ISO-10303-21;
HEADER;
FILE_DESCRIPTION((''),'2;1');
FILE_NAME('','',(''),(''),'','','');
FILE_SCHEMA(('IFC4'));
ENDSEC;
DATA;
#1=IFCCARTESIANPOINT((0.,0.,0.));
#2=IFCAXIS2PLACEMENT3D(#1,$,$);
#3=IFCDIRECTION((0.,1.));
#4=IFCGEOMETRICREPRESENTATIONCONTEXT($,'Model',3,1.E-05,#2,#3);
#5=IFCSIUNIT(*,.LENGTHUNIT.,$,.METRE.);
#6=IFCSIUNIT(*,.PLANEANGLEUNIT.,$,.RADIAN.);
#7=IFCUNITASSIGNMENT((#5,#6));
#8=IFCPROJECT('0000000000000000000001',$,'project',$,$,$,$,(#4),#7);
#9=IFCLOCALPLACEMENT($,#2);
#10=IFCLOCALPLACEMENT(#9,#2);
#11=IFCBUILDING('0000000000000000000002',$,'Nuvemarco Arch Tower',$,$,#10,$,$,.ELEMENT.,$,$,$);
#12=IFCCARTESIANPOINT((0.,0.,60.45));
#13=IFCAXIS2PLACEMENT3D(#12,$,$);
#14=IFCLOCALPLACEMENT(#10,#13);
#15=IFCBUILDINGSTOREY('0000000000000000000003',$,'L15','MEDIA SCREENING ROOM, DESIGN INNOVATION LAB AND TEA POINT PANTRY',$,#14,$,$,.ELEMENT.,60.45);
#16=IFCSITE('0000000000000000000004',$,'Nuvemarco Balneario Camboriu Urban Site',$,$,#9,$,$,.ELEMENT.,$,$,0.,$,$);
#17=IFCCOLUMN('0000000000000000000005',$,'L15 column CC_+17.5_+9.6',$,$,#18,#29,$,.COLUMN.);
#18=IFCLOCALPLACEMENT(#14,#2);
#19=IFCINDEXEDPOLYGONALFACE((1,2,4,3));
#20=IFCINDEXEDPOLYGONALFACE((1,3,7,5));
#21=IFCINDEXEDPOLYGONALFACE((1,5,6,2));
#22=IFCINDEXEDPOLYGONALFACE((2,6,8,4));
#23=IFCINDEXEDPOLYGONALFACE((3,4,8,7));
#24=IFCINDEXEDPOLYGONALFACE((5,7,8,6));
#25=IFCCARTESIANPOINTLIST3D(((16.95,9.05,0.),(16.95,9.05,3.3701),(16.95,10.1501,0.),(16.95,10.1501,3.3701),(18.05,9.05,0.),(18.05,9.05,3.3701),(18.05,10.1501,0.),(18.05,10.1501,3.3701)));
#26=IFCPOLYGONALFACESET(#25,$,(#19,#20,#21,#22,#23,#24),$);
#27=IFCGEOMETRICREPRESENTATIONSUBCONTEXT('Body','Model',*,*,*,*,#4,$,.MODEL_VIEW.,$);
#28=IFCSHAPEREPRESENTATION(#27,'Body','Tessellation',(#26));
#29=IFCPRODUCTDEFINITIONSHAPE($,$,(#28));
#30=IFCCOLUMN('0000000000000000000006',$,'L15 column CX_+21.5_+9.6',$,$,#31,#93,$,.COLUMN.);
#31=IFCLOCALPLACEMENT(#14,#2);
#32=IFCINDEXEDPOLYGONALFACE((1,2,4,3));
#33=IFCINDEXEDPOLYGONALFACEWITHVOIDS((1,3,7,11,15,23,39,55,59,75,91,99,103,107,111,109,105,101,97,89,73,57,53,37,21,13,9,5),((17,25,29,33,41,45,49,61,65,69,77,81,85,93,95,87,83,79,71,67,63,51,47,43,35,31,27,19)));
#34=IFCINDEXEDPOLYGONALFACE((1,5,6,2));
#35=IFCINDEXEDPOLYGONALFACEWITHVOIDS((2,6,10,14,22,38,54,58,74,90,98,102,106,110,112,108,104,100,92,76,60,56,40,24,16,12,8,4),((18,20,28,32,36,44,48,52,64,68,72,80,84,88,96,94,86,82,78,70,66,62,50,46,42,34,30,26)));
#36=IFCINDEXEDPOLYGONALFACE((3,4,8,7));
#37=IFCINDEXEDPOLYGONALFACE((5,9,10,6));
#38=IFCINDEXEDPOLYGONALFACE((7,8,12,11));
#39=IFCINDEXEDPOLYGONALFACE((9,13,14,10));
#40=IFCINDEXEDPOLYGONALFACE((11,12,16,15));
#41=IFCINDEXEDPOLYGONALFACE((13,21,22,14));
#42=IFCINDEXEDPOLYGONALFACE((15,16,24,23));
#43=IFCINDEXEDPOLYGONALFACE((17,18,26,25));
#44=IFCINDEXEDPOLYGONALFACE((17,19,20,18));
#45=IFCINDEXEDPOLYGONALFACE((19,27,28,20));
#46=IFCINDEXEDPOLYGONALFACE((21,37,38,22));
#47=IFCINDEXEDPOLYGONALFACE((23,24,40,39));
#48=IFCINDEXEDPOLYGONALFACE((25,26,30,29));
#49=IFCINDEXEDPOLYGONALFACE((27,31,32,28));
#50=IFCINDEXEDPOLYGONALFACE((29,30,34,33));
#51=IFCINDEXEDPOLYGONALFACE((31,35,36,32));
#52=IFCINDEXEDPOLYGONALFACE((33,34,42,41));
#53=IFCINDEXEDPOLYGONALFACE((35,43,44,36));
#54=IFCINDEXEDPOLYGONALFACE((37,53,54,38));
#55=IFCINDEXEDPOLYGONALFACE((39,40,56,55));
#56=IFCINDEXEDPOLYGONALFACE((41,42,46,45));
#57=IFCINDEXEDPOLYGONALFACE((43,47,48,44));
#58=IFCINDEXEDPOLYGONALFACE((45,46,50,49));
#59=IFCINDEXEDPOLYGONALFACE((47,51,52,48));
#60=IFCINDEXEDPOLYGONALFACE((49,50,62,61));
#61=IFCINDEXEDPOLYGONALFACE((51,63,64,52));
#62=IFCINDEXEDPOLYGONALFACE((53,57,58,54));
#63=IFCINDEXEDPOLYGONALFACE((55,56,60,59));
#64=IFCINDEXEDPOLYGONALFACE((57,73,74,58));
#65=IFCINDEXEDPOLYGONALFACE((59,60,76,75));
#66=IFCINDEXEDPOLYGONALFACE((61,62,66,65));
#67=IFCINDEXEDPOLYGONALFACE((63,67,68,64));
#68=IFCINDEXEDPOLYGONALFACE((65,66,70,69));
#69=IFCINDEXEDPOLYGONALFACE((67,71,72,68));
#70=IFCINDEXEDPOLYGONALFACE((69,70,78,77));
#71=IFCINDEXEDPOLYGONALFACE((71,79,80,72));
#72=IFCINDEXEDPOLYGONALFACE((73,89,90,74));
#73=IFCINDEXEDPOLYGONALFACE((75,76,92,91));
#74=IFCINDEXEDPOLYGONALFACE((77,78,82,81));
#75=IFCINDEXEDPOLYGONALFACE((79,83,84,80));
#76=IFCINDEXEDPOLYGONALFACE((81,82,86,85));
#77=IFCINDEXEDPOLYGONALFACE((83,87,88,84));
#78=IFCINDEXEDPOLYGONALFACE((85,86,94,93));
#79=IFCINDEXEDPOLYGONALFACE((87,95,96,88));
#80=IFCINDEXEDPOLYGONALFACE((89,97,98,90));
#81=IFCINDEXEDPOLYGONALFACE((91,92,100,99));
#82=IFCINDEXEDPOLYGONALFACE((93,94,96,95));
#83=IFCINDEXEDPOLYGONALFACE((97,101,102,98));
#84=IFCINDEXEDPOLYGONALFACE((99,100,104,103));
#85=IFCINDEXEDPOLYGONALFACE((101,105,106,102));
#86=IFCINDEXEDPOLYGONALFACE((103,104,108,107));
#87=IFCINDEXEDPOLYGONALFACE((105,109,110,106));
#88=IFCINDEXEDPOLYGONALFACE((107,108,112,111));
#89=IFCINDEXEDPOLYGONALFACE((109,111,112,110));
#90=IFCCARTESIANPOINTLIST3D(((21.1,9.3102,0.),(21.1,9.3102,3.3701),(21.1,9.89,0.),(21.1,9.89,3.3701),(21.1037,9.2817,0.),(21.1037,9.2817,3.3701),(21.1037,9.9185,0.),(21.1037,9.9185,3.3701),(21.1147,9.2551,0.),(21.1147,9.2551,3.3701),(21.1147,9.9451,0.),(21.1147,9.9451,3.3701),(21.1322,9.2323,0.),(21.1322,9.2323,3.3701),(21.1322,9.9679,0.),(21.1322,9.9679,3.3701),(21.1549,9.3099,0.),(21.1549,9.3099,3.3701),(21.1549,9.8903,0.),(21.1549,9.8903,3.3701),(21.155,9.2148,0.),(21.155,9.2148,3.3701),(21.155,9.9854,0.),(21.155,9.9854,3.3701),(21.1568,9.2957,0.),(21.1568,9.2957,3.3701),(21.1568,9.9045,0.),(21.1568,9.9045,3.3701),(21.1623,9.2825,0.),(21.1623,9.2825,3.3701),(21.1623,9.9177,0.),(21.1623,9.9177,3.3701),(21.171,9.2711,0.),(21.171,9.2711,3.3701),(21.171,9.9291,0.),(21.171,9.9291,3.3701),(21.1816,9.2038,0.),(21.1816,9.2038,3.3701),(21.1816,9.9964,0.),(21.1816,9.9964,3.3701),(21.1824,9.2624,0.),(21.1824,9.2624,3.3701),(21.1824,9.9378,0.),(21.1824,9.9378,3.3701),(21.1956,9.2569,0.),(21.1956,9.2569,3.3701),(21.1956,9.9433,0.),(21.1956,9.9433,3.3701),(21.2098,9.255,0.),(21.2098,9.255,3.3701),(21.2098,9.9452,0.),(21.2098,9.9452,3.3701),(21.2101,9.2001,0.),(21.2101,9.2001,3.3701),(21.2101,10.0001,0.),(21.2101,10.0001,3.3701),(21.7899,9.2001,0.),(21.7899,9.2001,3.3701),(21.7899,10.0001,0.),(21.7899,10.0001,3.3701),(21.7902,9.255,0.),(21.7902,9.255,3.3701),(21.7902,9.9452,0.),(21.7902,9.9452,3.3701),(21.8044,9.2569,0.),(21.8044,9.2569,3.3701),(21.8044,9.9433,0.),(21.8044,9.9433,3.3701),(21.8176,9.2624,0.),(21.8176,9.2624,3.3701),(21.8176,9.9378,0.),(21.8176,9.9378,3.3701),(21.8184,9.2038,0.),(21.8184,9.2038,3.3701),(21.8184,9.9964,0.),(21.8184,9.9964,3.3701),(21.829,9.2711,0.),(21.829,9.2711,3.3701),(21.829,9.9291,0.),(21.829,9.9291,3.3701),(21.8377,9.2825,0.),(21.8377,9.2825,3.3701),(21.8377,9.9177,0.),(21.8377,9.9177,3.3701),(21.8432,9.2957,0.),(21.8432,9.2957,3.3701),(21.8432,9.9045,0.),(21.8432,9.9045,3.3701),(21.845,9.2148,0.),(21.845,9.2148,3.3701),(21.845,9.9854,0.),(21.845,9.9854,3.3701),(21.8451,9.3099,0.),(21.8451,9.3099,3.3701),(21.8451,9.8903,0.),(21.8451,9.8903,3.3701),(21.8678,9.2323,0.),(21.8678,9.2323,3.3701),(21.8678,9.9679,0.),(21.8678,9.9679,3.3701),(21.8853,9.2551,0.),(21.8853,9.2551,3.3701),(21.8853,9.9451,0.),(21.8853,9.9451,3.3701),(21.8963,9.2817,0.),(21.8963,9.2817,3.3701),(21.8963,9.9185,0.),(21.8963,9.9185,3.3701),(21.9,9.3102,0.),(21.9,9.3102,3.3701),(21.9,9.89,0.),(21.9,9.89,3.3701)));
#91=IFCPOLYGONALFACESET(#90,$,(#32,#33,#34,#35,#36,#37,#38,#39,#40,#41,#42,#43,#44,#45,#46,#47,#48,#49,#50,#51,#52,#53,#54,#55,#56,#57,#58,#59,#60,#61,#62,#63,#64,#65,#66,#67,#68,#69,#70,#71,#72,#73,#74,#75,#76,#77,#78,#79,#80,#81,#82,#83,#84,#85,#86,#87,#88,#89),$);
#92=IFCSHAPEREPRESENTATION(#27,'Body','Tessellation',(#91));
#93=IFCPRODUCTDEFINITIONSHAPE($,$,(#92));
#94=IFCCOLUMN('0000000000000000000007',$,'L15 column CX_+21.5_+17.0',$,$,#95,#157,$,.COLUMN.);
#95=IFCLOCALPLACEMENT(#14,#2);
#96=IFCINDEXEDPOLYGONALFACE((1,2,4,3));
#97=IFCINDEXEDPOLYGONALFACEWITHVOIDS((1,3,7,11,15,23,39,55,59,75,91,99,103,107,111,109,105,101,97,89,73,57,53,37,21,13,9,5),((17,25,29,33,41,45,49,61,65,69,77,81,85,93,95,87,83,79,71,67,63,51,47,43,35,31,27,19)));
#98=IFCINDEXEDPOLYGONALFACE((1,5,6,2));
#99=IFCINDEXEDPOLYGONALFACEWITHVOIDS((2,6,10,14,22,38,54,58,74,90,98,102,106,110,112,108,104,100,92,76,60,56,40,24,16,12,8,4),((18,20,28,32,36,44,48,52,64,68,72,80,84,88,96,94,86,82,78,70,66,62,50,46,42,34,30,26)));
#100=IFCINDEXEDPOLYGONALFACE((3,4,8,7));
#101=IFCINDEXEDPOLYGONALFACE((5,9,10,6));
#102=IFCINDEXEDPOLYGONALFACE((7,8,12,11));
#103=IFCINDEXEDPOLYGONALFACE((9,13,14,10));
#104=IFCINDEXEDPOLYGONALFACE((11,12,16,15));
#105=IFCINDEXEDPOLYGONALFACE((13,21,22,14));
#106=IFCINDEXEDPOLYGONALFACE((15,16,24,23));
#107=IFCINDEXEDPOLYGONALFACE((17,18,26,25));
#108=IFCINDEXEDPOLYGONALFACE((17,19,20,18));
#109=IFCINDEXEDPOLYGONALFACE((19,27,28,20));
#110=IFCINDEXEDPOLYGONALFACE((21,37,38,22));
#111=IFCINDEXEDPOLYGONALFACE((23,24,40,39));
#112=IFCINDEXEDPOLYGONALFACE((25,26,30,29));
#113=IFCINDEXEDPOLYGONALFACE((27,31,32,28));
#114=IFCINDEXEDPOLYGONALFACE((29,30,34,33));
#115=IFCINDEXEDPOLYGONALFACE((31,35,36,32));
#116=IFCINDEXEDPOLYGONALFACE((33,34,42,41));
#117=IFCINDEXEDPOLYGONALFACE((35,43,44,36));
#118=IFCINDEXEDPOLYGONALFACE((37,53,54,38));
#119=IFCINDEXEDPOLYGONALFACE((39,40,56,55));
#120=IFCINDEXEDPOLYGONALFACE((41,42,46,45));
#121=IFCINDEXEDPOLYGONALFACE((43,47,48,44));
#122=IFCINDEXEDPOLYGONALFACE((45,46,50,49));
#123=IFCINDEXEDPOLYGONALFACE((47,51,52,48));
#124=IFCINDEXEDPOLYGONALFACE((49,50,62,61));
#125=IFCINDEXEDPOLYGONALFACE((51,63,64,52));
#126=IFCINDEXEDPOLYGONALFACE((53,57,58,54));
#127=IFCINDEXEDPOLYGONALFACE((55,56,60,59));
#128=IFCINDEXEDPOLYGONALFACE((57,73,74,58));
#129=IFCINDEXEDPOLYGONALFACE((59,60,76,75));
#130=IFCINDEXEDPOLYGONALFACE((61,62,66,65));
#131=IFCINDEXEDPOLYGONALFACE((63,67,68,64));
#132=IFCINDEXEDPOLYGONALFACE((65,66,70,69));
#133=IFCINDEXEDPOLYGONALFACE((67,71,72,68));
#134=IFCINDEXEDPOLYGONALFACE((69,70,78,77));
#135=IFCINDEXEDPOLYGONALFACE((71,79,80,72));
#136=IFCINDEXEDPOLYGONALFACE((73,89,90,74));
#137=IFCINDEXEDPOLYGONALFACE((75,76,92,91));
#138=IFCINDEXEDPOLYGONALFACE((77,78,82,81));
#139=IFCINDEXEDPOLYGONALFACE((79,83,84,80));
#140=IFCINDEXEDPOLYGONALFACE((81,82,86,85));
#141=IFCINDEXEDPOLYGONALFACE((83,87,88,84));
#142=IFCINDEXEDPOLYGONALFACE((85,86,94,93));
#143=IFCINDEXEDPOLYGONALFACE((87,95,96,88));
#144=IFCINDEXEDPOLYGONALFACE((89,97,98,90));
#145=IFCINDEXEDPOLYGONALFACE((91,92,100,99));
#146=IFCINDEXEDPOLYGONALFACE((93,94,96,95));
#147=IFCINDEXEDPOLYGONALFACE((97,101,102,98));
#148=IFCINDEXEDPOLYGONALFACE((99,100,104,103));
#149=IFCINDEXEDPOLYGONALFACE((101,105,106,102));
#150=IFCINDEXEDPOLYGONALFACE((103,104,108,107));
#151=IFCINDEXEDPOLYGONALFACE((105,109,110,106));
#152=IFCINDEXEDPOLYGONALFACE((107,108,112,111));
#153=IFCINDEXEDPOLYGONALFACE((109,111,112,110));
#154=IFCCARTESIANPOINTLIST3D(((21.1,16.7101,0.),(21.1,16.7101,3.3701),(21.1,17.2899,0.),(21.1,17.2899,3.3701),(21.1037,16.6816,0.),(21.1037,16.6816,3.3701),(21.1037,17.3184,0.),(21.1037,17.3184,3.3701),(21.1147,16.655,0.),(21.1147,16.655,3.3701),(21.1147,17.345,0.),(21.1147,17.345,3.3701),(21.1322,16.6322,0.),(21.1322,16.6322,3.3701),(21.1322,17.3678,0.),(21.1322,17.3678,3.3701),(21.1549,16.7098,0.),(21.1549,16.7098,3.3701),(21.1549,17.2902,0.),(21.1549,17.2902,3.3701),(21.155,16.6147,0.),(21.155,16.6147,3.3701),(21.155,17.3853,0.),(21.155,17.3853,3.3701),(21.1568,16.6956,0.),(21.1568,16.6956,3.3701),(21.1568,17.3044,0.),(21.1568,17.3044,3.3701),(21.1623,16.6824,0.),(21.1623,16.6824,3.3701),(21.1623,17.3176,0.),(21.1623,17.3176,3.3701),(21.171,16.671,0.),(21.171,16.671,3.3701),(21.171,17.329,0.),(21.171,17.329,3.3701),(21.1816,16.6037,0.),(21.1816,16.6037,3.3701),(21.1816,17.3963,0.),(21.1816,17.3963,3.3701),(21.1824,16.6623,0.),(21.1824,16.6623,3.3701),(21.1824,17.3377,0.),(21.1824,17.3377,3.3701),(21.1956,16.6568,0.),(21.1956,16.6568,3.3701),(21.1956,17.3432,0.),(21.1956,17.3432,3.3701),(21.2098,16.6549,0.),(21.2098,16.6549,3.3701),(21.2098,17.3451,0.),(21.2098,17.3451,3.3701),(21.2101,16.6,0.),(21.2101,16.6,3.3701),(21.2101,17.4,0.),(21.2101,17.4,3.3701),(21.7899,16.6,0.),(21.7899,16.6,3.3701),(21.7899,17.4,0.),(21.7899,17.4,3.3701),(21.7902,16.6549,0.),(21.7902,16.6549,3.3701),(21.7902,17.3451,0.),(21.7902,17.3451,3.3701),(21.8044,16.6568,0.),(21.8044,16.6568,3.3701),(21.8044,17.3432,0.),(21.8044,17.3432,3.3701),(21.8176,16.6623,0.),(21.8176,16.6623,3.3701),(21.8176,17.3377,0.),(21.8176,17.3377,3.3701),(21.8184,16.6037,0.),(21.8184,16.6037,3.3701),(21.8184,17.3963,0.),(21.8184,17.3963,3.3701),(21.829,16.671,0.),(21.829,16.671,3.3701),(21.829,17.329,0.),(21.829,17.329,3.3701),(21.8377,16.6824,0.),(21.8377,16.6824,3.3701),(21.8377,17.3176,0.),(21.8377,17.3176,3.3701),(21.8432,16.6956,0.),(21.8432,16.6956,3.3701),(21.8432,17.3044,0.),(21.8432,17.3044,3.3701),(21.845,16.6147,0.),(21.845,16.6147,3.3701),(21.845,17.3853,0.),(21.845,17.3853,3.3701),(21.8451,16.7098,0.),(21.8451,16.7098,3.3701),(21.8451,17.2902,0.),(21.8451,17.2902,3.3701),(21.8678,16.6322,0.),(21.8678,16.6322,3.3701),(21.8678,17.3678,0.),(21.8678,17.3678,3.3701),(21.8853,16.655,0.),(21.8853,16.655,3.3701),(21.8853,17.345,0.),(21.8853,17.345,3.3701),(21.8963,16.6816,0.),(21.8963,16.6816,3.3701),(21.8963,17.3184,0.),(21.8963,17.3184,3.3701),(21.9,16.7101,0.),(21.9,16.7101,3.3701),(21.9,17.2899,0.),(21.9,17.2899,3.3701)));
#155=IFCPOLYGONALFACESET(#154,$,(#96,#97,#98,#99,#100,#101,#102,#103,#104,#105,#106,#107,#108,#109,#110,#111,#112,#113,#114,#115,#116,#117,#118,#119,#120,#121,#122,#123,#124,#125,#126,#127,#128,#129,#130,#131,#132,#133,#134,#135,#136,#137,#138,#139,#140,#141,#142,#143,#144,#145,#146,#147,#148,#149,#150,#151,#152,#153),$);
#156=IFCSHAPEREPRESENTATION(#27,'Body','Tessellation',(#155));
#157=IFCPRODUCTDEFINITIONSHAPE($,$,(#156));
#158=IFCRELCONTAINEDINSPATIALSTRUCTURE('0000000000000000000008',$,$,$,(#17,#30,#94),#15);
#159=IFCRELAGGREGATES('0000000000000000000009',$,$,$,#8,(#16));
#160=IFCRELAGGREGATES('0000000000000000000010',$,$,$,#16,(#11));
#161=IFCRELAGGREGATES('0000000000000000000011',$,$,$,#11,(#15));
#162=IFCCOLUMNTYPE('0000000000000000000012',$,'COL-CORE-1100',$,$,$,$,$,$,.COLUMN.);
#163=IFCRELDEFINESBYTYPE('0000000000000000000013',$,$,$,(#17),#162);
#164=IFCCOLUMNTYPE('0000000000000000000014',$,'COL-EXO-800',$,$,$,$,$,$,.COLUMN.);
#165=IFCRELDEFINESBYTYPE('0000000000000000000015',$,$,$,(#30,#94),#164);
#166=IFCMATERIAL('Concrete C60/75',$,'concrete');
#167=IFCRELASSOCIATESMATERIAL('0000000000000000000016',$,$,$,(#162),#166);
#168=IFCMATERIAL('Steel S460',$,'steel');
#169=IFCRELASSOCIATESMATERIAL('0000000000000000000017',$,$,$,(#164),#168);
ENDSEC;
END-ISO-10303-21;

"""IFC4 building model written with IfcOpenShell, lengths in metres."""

from ifc_helpers import new_model, si_unit, direction, frame, origin, origin_2d, place, context, subcontext, project, spatial, rectangle, hollow_rectangle, extrude, material, material_profile, profile_set, type_object, element, save


model = new_model("IFC4")

# Units and contexts
model_context = context("Model", 3, precision=1e-05, world=origin(), true_north=direction((0.0, 1.0)))
body_context = subcontext(model_context, "Body", "Model", "MODEL_VIEW")
ifc_project = project(units=[si_unit("LENGTHUNIT", "METRE"), si_unit("PLANEANGLEUNIT", "RADIAN")], contexts=[model_context])

# Site, building, storey
site_placement = place(None, origin())
site = spatial("IfcSite", under=ifc_project, at=site_placement, Name="Nuvemarco Balneario Camboriu Urban Site", CompositionType="ELEMENT", RefElevation=0.0)
building_placement = place(site_placement, origin())
building = spatial("IfcBuilding", under=site, at=building_placement, Name="Nuvemarco Arch Tower", CompositionType="ELEMENT")
storey_placement = place(building_placement, frame((0.0, 0.0, 60.45)))
storey = spatial("IfcBuildingStorey", under=building, at=storey_placement, Name="L15", Description="MEDIA SCREENING ROOM, DESIGN INNOVATION LAB AND TEA POINT PANTRY", CompositionType="ELEMENT", Elevation=60.45)

# Columns
ifc_material_1 = material(Name="Concrete C60/75", Category="concrete")
ifc_material_profile_1 = material_profile(ifc_material_1, rectangle(XDim=1.1001, YDim=1.1001, at=origin_2d()), Name="RC-COL-1100x1100")
ifc_profile_set_1 = profile_set([ifc_material_profile_1], Name="Concrete C60/75")
column_type_1 = type_object("IfcColumnType", Name="COL-CORE-1100", PredefinedType="COLUMN", material=ifc_profile_set_1)
column_1_placement = place(storey_placement, frame((17.5, 9.6001, 0.0), z_axis=(0.0, 0.0, 1.0), x_axis=(1.0, 0.0, 0.0)))
element("IfcColumn", 1, at=column_1_placement, inside=storey, type_object=column_type_1, Name="L15 column CC_+17.5_+9.6", PredefinedType="COLUMN", context=body_context, shape_type="SweptSolid", body=[
    extrude(rectangle(XDim=1.1001, YDim=1.1001, at=origin_2d()), origin(), (0.0, 0.0, 1.0), 3.3701),
])
ifc_material_2 = material(Name="Steel S460", Category="steel")
ifc_material_profile_2 = material_profile(ifc_material_2, hollow_rectangle(XDim=0.8, YDim=0.8, WallThickness=0.0549, InnerFilletRadius=0.0549, OuterFilletRadius=0.1101, at=origin_2d()), Name="SHS800x800x55")
ifc_profile_set_2 = profile_set([ifc_material_profile_2], Name="Steel S460")
column_type_2 = type_object("IfcColumnType", Name="COL-EXO-800", PredefinedType="COLUMN", material=ifc_profile_set_2)
for number, where, z_axis, x_axis, name in (
    (2, (21.5, 9.6001, 0.0), (0.0, 0.0, 1.0), (1.0, 0.0, 0.0), "L15 column CX_+21.5_+9.6"),
    (3, (21.5, 17.0, 0.0), (0.0, 0.0, 1.0), (1.0, 0.0, 0.0), "L15 column CX_+21.5_+17.0"),
):
    element("IfcColumn", number, at=place(storey_placement, frame(where, z_axis=z_axis, x_axis=x_axis)), inside=storey, type_object=column_type_2, Name=name, PredefinedType="COLUMN", context=body_context, shape_type="SweptSolid", body=[
        extrude(hollow_rectangle(XDim=0.8, YDim=0.8, WallThickness=0.0549, InnerFilletRadius=0.0549, OuterFilletRadius=0.1101, at=origin_2d()), origin(), (0.0, 0.0, 1.0), 3.3701),
    ])

save(model, "model.ifc")
